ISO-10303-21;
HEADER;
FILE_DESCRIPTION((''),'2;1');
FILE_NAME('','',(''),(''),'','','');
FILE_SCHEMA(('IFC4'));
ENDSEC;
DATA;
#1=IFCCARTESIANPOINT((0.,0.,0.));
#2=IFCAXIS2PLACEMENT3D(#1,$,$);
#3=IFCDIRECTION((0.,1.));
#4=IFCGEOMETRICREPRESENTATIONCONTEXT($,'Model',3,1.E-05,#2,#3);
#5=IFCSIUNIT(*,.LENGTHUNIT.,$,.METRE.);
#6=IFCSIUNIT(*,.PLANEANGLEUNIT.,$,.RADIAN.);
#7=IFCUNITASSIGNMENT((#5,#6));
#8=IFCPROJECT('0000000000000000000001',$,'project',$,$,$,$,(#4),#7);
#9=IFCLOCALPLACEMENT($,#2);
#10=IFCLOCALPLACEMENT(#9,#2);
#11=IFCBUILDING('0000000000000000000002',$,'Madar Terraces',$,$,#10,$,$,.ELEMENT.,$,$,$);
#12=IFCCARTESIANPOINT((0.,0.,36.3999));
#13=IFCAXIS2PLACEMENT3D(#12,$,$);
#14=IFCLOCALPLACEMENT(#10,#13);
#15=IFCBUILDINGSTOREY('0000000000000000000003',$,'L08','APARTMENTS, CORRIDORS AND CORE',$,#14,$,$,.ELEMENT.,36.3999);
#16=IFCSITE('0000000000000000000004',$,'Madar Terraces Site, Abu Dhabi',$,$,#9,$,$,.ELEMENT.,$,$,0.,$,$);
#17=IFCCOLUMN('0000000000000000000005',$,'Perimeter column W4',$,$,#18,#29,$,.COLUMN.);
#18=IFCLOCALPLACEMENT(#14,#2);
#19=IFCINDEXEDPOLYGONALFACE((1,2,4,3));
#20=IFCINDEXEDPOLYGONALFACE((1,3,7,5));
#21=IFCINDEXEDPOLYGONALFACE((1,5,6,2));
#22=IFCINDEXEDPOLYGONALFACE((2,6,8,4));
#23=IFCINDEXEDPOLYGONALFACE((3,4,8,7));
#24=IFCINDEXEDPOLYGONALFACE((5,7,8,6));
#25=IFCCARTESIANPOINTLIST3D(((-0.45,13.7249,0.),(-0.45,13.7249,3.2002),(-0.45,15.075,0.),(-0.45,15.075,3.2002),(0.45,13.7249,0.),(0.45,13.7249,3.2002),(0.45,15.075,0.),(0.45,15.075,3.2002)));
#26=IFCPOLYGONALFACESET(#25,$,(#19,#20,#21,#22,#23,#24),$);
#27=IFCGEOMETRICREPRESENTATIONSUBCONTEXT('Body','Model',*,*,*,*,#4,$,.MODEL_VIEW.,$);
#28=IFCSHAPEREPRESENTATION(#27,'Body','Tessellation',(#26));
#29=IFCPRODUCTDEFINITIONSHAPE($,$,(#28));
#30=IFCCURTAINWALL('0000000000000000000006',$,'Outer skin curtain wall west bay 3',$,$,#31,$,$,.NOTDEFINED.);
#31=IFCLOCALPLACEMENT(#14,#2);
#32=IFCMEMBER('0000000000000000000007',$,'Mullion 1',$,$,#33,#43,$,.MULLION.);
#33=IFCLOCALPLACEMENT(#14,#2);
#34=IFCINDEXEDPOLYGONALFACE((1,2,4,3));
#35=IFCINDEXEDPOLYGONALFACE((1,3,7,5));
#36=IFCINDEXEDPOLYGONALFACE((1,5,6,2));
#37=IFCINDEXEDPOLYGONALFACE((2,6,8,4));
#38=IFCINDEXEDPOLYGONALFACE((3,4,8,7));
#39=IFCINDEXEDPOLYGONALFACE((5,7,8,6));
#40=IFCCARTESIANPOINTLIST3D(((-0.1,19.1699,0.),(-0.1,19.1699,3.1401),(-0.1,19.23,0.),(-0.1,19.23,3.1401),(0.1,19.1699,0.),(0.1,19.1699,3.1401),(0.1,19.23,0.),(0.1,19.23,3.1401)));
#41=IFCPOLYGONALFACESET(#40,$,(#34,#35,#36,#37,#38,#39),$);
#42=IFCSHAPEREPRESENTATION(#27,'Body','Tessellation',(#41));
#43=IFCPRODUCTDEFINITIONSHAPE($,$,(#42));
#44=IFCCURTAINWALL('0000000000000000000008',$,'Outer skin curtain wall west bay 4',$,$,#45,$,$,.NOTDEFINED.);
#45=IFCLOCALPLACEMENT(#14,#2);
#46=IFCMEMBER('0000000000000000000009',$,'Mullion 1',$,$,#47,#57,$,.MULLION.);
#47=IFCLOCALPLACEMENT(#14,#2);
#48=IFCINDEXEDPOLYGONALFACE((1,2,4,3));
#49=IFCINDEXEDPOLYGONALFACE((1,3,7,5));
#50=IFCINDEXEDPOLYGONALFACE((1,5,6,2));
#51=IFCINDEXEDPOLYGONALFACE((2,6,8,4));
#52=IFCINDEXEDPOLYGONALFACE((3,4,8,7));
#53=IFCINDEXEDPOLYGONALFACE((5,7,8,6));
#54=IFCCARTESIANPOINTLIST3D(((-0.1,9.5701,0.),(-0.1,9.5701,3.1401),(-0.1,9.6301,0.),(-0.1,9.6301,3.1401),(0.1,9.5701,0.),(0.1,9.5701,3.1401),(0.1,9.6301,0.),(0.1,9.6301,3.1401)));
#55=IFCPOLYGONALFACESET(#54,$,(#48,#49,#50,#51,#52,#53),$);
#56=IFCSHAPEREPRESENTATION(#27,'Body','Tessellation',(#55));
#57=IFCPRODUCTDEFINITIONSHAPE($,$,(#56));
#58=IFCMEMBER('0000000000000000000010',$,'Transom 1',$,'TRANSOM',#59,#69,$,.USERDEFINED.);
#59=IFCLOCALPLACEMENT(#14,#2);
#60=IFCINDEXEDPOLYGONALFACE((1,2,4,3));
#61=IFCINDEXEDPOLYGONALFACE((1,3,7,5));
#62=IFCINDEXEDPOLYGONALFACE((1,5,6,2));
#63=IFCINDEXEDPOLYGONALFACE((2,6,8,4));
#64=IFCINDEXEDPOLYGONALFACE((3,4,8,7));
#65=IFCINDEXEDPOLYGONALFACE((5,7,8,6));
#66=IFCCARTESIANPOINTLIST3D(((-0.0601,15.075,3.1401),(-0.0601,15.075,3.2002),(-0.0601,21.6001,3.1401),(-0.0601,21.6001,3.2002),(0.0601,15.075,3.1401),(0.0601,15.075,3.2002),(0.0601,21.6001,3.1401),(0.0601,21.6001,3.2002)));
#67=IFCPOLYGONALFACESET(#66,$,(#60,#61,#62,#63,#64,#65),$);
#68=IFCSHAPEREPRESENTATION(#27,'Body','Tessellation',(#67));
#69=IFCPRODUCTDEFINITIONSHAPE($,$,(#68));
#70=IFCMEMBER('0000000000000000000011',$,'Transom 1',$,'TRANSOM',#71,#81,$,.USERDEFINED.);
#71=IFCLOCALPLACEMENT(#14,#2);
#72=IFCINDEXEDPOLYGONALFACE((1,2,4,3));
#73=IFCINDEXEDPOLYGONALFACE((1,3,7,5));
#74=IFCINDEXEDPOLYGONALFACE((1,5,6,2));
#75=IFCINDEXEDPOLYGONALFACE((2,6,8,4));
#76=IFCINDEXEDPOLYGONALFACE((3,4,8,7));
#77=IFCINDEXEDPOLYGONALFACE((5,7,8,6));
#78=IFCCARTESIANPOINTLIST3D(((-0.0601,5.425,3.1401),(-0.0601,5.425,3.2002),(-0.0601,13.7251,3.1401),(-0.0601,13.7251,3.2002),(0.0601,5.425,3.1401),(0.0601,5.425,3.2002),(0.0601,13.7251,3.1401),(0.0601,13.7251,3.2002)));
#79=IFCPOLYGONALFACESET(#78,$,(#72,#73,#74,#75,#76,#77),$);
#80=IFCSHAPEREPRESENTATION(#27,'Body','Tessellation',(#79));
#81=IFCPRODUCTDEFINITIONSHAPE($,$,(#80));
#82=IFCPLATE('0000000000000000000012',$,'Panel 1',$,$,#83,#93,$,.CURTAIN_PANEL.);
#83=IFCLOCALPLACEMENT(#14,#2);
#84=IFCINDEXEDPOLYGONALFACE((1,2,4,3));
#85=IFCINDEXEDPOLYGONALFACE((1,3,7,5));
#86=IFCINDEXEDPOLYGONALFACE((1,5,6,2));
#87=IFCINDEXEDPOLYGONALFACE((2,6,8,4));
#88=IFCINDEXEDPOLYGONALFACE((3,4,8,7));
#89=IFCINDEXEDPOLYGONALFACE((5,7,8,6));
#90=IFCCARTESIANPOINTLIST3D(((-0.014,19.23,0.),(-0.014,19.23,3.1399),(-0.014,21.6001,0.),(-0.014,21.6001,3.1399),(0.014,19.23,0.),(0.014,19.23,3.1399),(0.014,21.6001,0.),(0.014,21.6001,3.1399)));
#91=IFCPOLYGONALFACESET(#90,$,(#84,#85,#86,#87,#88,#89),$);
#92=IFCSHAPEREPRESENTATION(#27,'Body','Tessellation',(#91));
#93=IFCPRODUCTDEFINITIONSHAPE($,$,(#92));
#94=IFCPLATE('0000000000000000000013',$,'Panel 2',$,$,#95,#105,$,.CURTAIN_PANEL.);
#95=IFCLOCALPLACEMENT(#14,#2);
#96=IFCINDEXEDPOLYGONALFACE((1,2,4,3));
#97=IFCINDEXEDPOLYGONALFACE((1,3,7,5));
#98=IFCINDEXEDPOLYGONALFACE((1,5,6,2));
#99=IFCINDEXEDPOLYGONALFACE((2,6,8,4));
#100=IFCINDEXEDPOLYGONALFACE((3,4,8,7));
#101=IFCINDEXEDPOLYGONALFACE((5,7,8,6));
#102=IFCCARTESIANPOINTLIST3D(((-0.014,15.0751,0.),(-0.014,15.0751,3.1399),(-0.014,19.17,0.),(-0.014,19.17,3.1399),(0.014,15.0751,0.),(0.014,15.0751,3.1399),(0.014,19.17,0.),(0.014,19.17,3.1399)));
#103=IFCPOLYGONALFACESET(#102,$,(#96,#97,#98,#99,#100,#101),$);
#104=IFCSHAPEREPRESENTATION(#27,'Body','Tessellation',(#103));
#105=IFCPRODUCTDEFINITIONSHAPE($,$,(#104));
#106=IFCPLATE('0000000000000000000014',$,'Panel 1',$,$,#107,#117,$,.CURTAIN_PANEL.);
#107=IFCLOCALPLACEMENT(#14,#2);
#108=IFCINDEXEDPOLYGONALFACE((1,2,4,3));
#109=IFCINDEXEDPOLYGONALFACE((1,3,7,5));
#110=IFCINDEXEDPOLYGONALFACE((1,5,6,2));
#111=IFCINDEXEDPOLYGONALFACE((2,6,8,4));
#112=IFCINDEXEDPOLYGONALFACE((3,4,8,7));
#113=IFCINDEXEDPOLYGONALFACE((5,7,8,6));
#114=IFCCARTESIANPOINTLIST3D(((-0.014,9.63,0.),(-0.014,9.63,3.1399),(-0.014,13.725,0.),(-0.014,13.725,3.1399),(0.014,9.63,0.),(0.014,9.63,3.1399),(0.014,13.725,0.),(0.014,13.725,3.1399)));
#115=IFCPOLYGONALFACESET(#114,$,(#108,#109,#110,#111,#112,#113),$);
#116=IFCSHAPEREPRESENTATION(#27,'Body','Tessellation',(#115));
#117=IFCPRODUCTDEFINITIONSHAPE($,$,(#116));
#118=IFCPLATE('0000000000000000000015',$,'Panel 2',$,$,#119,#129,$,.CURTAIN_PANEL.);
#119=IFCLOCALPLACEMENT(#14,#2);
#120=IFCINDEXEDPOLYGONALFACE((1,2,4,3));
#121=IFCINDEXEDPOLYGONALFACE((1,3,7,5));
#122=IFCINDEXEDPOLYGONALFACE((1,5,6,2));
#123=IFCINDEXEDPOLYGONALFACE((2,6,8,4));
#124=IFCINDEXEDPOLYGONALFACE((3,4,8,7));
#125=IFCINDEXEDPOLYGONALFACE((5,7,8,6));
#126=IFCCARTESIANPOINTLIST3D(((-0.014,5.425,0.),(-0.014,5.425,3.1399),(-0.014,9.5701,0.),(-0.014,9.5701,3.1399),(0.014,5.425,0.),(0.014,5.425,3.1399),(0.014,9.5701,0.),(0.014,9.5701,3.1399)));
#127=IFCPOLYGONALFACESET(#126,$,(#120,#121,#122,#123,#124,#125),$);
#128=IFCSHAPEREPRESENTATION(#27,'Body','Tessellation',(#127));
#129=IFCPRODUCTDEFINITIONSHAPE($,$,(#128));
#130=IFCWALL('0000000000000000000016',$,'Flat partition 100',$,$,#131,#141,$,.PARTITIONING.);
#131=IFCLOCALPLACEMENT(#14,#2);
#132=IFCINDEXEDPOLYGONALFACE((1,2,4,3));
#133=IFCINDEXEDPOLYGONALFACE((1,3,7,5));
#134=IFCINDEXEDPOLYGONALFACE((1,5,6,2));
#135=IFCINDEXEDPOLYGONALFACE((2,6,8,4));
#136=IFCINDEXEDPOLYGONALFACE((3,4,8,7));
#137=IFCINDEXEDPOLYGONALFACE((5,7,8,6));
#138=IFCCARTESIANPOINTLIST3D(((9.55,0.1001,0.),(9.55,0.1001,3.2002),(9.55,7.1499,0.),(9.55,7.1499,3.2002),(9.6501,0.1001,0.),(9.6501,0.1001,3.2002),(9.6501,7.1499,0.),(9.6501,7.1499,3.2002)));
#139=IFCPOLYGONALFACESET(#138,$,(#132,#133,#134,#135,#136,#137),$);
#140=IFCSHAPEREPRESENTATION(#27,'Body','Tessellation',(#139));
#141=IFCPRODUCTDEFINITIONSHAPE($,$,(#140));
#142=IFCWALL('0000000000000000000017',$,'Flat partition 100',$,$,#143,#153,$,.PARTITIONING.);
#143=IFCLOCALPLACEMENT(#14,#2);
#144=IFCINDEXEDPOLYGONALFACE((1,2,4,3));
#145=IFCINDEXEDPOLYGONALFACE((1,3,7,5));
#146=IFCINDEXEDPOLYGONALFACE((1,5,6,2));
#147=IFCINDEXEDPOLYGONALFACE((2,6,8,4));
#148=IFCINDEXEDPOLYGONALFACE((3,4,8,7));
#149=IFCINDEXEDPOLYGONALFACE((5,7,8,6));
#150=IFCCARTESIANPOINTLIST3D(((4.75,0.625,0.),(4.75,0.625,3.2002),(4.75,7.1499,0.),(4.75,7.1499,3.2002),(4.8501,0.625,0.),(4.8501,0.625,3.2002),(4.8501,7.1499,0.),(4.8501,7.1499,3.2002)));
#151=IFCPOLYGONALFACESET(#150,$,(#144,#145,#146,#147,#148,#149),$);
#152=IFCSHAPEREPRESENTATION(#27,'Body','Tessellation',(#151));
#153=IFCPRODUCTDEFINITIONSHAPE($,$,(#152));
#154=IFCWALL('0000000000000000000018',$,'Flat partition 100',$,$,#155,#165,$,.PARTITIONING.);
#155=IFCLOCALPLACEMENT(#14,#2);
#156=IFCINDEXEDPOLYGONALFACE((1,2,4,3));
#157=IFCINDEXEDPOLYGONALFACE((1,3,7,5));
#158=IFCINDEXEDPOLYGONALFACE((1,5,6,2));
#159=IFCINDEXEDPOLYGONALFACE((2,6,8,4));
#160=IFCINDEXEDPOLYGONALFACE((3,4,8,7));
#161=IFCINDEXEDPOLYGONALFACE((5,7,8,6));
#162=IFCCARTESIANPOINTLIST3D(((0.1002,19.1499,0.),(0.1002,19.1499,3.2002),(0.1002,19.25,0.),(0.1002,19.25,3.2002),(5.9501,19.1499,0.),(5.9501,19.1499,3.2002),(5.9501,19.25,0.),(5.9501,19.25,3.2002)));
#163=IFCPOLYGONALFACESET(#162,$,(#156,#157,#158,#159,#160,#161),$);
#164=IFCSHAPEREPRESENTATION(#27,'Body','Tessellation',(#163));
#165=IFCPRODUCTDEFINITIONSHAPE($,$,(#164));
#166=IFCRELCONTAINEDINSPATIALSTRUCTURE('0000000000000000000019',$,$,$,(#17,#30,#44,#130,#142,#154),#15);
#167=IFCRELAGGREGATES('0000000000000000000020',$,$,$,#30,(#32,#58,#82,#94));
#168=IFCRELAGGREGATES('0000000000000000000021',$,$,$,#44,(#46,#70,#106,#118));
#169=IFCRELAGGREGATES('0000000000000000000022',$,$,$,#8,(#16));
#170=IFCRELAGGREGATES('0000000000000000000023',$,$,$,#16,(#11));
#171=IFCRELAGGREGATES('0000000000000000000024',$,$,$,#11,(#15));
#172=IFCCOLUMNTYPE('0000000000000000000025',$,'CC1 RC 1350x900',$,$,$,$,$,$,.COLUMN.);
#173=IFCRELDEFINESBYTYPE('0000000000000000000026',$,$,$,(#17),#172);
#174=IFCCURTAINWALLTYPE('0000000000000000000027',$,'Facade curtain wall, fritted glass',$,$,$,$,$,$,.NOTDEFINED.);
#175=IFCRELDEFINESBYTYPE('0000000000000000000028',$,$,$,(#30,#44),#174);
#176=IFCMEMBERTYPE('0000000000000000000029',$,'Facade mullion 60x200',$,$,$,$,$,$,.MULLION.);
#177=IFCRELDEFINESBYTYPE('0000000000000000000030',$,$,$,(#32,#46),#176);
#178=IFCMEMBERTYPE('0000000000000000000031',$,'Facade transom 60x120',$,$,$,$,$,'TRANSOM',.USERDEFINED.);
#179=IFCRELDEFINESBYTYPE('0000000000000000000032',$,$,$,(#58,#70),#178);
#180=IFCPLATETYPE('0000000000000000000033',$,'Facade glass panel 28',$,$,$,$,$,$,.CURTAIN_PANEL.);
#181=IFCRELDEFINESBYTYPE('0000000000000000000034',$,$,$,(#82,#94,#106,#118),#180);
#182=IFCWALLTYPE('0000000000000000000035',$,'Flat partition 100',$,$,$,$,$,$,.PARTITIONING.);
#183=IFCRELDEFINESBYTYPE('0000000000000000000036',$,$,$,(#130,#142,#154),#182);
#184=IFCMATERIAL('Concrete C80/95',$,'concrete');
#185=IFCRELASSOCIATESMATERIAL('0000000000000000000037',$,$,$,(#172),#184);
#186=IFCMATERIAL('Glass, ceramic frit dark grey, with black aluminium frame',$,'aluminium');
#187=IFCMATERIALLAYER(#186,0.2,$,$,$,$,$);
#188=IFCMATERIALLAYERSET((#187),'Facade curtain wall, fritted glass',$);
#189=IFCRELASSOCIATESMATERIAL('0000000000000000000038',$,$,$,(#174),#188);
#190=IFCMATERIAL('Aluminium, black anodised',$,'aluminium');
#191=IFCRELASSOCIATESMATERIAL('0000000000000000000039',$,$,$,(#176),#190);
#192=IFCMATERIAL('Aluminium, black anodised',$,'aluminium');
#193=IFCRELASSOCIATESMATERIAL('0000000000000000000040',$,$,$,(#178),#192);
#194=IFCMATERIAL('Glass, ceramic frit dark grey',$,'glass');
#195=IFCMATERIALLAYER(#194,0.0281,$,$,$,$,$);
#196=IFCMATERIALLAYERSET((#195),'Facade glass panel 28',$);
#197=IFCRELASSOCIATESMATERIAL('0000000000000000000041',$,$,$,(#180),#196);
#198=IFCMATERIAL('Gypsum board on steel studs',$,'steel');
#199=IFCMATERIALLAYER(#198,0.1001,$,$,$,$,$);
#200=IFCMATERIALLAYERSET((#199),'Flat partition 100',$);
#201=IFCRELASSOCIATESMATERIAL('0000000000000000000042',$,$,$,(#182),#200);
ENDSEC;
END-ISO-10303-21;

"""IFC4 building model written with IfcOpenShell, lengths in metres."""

from ifc_helpers import new_model, si_unit, direction, frame, frame_2d, origin, origin_2d, place, context, subcontext, project, spatial, rectangle, extrude, material, layer, layer_set, material_profile, profile_set, type_object, element, aggregate, save


model = new_model("IFC4")

# Units and contexts
model_context = context("Model", 3, precision=1e-05, world=origin(), true_north=direction((0.0, 1.0)))
body_context = subcontext(model_context, "Body", "Model", "MODEL_VIEW")
ifc_project = project(units=[si_unit("LENGTHUNIT", "METRE"), si_unit("PLANEANGLEUNIT", "RADIAN")], contexts=[model_context])

# Site, building, storey
site_placement = place(None, origin())
site = spatial("IfcSite", under=ifc_project, at=site_placement, Name="Madar Terraces Site, Abu Dhabi", CompositionType="ELEMENT", RefElevation=0.0)
building_placement = place(site_placement, origin())
building = spatial("IfcBuilding", under=site, at=building_placement, Name="Madar Terraces", CompositionType="ELEMENT")
storey_placement = place(building_placement, frame((0.0, 0.0, 36.3999)))
storey = spatial("IfcBuildingStorey", under=building, at=storey_placement, Name="L08", Description="APARTMENTS, CORRIDORS AND CORE", CompositionType="ELEMENT", Elevation=36.3999)

# Column
ifc_material_1 = material(Name="Concrete C80/95", Category="concrete")
ifc_material_profile_1 = material_profile(ifc_material_1, rectangle(XDim=1.3501, YDim=0.8999, at=origin_2d()), Name="CC1 RC 1350x900")
ifc_profile_set_1 = profile_set([ifc_material_profile_1], Name="Concrete C80/95")
column_type = type_object("IfcColumnType", Name="CC1 RC 1350x900", PredefinedType="COLUMN", material=ifc_profile_set_1)
column_placement = place(storey_placement, frame((0.0, 14.3999, 0.0), z_axis=(0.0, 0.0, 1.0), x_axis=(0.0, 1.0, 0.0)))
element("IfcColumn", 1, at=column_placement, inside=storey, type_object=column_type, Name="Perimeter column W4", PredefinedType="COLUMN", context=body_context, shape_type="SweptSolid", body=[
    extrude(rectangle(XDim=1.3501, YDim=0.8999, at=origin_2d()), origin(), (0.0, 0.0, 1.0), 3.2002),
])

# Curtain walls, members
ifc_material_2 = material(Name="Glass, ceramic frit dark grey, with black aluminium frame", Category="aluminium")
ifc_layer_1 = layer(ifc_material_2, 0.2)
ifc_layer_set_1 = layer_set([ifc_layer_1], Name="Facade curtain wall, fritted glass")
curtain_wall_type = type_object("IfcCurtainWallType", Name="Facade curtain wall, fritted glass", PredefinedType="NOTDEFINED", material=ifc_layer_set_1)
curtain_wall_1_placement = place(storey_placement, origin())
curtain_wall_1 = element("IfcCurtainWall", 2, at=curtain_wall_1_placement, inside=storey, type_object=curtain_wall_type, Name="Outer skin curtain wall west bay 3", PredefinedType="NOTDEFINED")
ifc_material_3 = material(Name="Aluminium, black anodised", Category="aluminium")
ifc_material_profile_2 = material_profile(ifc_material_3, rectangle(XDim=0.2, YDim=0.0601, at=origin_2d()), Name="Facade mullion 60x200")
ifc_profile_set_2 = profile_set([ifc_material_profile_2], Name="Aluminium, black anodised")
member_type_1 = type_object("IfcMemberType", Name="Facade mullion 60x200", PredefinedType="MULLION", material=ifc_profile_set_2)
member_1_placement = place(storey_placement, frame((0.0, 19.2, 0.0), z_axis=(0.0, 0.0, 1.0), x_axis=(1.0, 0.0, 0.0)))
member_1 = element("IfcMember", 3, at=member_1_placement, type_object=member_type_1, Name="Mullion 1", PredefinedType="MULLION", context=body_context, shape_type="SweptSolid", body=[
    extrude(rectangle(XDim=0.2, YDim=0.0601, at=origin_2d()), origin(), (0.0, 0.0, 1.0), 3.1401),
])
curtain_wall_2_placement = place(storey_placement, origin())
curtain_wall_2 = element("IfcCurtainWall", 4, at=curtain_wall_2_placement, inside=storey, type_object=curtain_wall_type, Name="Outer skin curtain wall west bay 4", PredefinedType="NOTDEFINED")
member_2_placement = place(storey_placement, frame((0.0, 9.6001, 0.0), z_axis=(0.0, 0.0, 1.0), x_axis=(1.0, 0.0, 0.0)))
member_2 = element("IfcMember", 5, at=member_2_placement, type_object=member_type_1, Name="Mullion 1", PredefinedType="MULLION", context=body_context, shape_type="SweptSolid", body=[
    extrude(rectangle(XDim=0.2, YDim=0.0601, at=origin_2d()), origin(), (0.0, 0.0, 1.0), 3.1401),
])

# Members
ifc_material_4 = material(Name="Aluminium, black anodised", Category="aluminium")
ifc_material_profile_3 = material_profile(ifc_material_4, rectangle(XDim=0.1201, YDim=0.0601, at=origin_2d()), Name="Facade transom 60x120")
ifc_profile_set_3 = profile_set([ifc_material_profile_3], Name="Aluminium, black anodised")
member_type_2 = type_object("IfcMemberType", Name="Facade transom 60x120", ElementType="TRANSOM", PredefinedType="USERDEFINED", material=ifc_profile_set_3)
member_3_placement = place(storey_placement, frame((0.0, 21.6001, 3.1702), z_axis=(0.0, -1.0, 0.0), x_axis=(1.0, 0.0, 0.0)))
member_3 = element("IfcMember", 6, at=member_3_placement, type_object=member_type_2, Name="Transom 1", ObjectType="TRANSOM", PredefinedType="USERDEFINED", context=body_context, shape_type="SweptSolid", body=[
    extrude(rectangle(XDim=0.1201, YDim=0.0601, at=origin_2d()), origin(), (0.0, 0.0, 1.0), 6.5251),
])
member_4_placement = place(storey_placement, frame((0.0, 13.7251, 3.1702), z_axis=(0.0, -1.0, 0.0), x_axis=(1.0, 0.0, 0.0)))
member_4 = element("IfcMember", 7, at=member_4_placement, type_object=member_type_2, Name="Transom 1", ObjectType="TRANSOM", PredefinedType="USERDEFINED", context=body_context, shape_type="SweptSolid", body=[
    extrude(rectangle(XDim=0.1201, YDim=0.0601, at=origin_2d()), origin(), (0.0, 0.0, 1.0), 8.3),
])

# Plates
ifc_material_5 = material(Name="Glass, ceramic frit dark grey", Category="glass")
ifc_layer_2 = layer(ifc_material_5, 0.0281)
ifc_layer_set_2 = layer_set([ifc_layer_2], Name="Facade glass panel 28")
plate_type = type_object("IfcPlateType", Name="Facade glass panel 28", PredefinedType="CURTAIN_PANEL", material=ifc_layer_set_2)
plate_1_placement = place(storey_placement, frame((0.0, 20.415, 0.0), z_axis=(0.0, 0.0, 1.0), x_axis=(0.0, -1.0, 0.0)))
plate_1 = element("IfcPlate", 8, at=plate_1_placement, type_object=plate_type, Name="Panel 1", PredefinedType="CURTAIN_PANEL", context=body_context, shape_type="SweptSolid", body=[
    extrude(rectangle(XDim=2.3701, YDim=0.0281, at=origin_2d()), origin(), (0.0, 0.0, 1.0), 3.1399),
])
plate_2_placement = place(storey_placement, frame((0.0, 17.1226, 0.0), z_axis=(0.0, 0.0, 1.0), x_axis=(0.0, -1.0, 0.0)))
plate_2 = element("IfcPlate", 9, at=plate_2_placement, type_object=plate_type, Name="Panel 2", PredefinedType="CURTAIN_PANEL", context=body_context, shape_type="SweptSolid", body=[
    extrude(rectangle(XDim=4.095, YDim=0.0281, at=origin_2d()), origin(), (0.0, 0.0, 1.0), 3.1399),
])
aggregate(curtain_wall_1, [member_1, member_3, plate_1, plate_2])
plate_3_placement = place(storey_placement, frame((0.0, 11.6775, 0.0), z_axis=(0.0, 0.0, 1.0), x_axis=(0.0, -1.0, 0.0)))
plate_3 = element("IfcPlate", 10, at=plate_3_placement, type_object=plate_type, Name="Panel 1", PredefinedType="CURTAIN_PANEL", context=body_context, shape_type="SweptSolid", body=[
    extrude(rectangle(XDim=4.095, YDim=0.0281, at=origin_2d()), origin(), (0.0, 0.0, 1.0), 3.1399),
])
plate_4_placement = place(storey_placement, frame((0.0, 7.4976, 0.0), z_axis=(0.0, 0.0, 1.0), x_axis=(0.0, -1.0, 0.0)))
plate_4 = element("IfcPlate", 11, at=plate_4_placement, type_object=plate_type, Name="Panel 2", PredefinedType="CURTAIN_PANEL", context=body_context, shape_type="SweptSolid", body=[
    extrude(rectangle(XDim=4.145, YDim=0.0281, at=origin_2d()), origin(), (0.0, 0.0, 1.0), 3.1399),
])
aggregate(curtain_wall_2, [member_2, member_4, plate_3, plate_4])

# Walls
ifc_material_6 = material(Name="Gypsum board on steel studs", Category="steel")
ifc_layer_3 = layer(ifc_material_6, 0.1001)
ifc_layer_set_3 = layer_set([ifc_layer_3], Name="Flat partition 100")
wall_type_1 = type_object("IfcWallType", Name="Flat partition 100", PredefinedType="PARTITIONING", material=ifc_layer_set_3)
wall_1_placement = place(storey_placement, frame((9.6001, 7.1499, 0.0), z_axis=(0.0, 0.0, 1.0), x_axis=(0.0, -1.0, 0.0)))
element("IfcWall", 12, at=wall_1_placement, inside=storey, type_object=wall_type_1, Name="Flat partition 100", PredefinedType="PARTITIONING", context=body_context, shape_type="SweptSolid", body=[
    extrude(rectangle(XDim=7.0498, YDim=0.1001, at=frame_2d((3.5249, 0.0))), origin(), (0.0, 0.0, 1.0), 3.2002),
])
wall_2_placement = place(storey_placement, frame((4.8, 7.1499, 0.0), z_axis=(0.0, 0.0, 1.0), x_axis=(0.0, -1.0, 0.0)))
element("IfcWall", 13, at=wall_2_placement, inside=storey, type_object=wall_type_1, Name="Flat partition 100", PredefinedType="PARTITIONING", context=body_context, shape_type="SweptSolid", body=[
    extrude(rectangle(XDim=6.5249, YDim=0.1001, at=frame_2d((3.2625, 0.0))), origin(), (0.0, 0.0, 1.0), 3.2002),
])
wall_3_placement = place(storey_placement, frame((5.95, 19.2, 0.0), z_axis=(0.0, 0.0, 1.0), x_axis=(-1.0, 0.0, 0.0)))
element("IfcWall", 14, at=wall_3_placement, inside=storey, type_object=wall_type_1, Name="Flat partition 100", PredefinedType="PARTITIONING", context=body_context, shape_type="SweptSolid", body=[
    extrude(rectangle(XDim=5.8499, YDim=0.1001, at=frame_2d((2.9248, 0.0))), origin(), (0.0, 0.0, 1.0), 3.2002),
])

save(model, "model.ifc")
